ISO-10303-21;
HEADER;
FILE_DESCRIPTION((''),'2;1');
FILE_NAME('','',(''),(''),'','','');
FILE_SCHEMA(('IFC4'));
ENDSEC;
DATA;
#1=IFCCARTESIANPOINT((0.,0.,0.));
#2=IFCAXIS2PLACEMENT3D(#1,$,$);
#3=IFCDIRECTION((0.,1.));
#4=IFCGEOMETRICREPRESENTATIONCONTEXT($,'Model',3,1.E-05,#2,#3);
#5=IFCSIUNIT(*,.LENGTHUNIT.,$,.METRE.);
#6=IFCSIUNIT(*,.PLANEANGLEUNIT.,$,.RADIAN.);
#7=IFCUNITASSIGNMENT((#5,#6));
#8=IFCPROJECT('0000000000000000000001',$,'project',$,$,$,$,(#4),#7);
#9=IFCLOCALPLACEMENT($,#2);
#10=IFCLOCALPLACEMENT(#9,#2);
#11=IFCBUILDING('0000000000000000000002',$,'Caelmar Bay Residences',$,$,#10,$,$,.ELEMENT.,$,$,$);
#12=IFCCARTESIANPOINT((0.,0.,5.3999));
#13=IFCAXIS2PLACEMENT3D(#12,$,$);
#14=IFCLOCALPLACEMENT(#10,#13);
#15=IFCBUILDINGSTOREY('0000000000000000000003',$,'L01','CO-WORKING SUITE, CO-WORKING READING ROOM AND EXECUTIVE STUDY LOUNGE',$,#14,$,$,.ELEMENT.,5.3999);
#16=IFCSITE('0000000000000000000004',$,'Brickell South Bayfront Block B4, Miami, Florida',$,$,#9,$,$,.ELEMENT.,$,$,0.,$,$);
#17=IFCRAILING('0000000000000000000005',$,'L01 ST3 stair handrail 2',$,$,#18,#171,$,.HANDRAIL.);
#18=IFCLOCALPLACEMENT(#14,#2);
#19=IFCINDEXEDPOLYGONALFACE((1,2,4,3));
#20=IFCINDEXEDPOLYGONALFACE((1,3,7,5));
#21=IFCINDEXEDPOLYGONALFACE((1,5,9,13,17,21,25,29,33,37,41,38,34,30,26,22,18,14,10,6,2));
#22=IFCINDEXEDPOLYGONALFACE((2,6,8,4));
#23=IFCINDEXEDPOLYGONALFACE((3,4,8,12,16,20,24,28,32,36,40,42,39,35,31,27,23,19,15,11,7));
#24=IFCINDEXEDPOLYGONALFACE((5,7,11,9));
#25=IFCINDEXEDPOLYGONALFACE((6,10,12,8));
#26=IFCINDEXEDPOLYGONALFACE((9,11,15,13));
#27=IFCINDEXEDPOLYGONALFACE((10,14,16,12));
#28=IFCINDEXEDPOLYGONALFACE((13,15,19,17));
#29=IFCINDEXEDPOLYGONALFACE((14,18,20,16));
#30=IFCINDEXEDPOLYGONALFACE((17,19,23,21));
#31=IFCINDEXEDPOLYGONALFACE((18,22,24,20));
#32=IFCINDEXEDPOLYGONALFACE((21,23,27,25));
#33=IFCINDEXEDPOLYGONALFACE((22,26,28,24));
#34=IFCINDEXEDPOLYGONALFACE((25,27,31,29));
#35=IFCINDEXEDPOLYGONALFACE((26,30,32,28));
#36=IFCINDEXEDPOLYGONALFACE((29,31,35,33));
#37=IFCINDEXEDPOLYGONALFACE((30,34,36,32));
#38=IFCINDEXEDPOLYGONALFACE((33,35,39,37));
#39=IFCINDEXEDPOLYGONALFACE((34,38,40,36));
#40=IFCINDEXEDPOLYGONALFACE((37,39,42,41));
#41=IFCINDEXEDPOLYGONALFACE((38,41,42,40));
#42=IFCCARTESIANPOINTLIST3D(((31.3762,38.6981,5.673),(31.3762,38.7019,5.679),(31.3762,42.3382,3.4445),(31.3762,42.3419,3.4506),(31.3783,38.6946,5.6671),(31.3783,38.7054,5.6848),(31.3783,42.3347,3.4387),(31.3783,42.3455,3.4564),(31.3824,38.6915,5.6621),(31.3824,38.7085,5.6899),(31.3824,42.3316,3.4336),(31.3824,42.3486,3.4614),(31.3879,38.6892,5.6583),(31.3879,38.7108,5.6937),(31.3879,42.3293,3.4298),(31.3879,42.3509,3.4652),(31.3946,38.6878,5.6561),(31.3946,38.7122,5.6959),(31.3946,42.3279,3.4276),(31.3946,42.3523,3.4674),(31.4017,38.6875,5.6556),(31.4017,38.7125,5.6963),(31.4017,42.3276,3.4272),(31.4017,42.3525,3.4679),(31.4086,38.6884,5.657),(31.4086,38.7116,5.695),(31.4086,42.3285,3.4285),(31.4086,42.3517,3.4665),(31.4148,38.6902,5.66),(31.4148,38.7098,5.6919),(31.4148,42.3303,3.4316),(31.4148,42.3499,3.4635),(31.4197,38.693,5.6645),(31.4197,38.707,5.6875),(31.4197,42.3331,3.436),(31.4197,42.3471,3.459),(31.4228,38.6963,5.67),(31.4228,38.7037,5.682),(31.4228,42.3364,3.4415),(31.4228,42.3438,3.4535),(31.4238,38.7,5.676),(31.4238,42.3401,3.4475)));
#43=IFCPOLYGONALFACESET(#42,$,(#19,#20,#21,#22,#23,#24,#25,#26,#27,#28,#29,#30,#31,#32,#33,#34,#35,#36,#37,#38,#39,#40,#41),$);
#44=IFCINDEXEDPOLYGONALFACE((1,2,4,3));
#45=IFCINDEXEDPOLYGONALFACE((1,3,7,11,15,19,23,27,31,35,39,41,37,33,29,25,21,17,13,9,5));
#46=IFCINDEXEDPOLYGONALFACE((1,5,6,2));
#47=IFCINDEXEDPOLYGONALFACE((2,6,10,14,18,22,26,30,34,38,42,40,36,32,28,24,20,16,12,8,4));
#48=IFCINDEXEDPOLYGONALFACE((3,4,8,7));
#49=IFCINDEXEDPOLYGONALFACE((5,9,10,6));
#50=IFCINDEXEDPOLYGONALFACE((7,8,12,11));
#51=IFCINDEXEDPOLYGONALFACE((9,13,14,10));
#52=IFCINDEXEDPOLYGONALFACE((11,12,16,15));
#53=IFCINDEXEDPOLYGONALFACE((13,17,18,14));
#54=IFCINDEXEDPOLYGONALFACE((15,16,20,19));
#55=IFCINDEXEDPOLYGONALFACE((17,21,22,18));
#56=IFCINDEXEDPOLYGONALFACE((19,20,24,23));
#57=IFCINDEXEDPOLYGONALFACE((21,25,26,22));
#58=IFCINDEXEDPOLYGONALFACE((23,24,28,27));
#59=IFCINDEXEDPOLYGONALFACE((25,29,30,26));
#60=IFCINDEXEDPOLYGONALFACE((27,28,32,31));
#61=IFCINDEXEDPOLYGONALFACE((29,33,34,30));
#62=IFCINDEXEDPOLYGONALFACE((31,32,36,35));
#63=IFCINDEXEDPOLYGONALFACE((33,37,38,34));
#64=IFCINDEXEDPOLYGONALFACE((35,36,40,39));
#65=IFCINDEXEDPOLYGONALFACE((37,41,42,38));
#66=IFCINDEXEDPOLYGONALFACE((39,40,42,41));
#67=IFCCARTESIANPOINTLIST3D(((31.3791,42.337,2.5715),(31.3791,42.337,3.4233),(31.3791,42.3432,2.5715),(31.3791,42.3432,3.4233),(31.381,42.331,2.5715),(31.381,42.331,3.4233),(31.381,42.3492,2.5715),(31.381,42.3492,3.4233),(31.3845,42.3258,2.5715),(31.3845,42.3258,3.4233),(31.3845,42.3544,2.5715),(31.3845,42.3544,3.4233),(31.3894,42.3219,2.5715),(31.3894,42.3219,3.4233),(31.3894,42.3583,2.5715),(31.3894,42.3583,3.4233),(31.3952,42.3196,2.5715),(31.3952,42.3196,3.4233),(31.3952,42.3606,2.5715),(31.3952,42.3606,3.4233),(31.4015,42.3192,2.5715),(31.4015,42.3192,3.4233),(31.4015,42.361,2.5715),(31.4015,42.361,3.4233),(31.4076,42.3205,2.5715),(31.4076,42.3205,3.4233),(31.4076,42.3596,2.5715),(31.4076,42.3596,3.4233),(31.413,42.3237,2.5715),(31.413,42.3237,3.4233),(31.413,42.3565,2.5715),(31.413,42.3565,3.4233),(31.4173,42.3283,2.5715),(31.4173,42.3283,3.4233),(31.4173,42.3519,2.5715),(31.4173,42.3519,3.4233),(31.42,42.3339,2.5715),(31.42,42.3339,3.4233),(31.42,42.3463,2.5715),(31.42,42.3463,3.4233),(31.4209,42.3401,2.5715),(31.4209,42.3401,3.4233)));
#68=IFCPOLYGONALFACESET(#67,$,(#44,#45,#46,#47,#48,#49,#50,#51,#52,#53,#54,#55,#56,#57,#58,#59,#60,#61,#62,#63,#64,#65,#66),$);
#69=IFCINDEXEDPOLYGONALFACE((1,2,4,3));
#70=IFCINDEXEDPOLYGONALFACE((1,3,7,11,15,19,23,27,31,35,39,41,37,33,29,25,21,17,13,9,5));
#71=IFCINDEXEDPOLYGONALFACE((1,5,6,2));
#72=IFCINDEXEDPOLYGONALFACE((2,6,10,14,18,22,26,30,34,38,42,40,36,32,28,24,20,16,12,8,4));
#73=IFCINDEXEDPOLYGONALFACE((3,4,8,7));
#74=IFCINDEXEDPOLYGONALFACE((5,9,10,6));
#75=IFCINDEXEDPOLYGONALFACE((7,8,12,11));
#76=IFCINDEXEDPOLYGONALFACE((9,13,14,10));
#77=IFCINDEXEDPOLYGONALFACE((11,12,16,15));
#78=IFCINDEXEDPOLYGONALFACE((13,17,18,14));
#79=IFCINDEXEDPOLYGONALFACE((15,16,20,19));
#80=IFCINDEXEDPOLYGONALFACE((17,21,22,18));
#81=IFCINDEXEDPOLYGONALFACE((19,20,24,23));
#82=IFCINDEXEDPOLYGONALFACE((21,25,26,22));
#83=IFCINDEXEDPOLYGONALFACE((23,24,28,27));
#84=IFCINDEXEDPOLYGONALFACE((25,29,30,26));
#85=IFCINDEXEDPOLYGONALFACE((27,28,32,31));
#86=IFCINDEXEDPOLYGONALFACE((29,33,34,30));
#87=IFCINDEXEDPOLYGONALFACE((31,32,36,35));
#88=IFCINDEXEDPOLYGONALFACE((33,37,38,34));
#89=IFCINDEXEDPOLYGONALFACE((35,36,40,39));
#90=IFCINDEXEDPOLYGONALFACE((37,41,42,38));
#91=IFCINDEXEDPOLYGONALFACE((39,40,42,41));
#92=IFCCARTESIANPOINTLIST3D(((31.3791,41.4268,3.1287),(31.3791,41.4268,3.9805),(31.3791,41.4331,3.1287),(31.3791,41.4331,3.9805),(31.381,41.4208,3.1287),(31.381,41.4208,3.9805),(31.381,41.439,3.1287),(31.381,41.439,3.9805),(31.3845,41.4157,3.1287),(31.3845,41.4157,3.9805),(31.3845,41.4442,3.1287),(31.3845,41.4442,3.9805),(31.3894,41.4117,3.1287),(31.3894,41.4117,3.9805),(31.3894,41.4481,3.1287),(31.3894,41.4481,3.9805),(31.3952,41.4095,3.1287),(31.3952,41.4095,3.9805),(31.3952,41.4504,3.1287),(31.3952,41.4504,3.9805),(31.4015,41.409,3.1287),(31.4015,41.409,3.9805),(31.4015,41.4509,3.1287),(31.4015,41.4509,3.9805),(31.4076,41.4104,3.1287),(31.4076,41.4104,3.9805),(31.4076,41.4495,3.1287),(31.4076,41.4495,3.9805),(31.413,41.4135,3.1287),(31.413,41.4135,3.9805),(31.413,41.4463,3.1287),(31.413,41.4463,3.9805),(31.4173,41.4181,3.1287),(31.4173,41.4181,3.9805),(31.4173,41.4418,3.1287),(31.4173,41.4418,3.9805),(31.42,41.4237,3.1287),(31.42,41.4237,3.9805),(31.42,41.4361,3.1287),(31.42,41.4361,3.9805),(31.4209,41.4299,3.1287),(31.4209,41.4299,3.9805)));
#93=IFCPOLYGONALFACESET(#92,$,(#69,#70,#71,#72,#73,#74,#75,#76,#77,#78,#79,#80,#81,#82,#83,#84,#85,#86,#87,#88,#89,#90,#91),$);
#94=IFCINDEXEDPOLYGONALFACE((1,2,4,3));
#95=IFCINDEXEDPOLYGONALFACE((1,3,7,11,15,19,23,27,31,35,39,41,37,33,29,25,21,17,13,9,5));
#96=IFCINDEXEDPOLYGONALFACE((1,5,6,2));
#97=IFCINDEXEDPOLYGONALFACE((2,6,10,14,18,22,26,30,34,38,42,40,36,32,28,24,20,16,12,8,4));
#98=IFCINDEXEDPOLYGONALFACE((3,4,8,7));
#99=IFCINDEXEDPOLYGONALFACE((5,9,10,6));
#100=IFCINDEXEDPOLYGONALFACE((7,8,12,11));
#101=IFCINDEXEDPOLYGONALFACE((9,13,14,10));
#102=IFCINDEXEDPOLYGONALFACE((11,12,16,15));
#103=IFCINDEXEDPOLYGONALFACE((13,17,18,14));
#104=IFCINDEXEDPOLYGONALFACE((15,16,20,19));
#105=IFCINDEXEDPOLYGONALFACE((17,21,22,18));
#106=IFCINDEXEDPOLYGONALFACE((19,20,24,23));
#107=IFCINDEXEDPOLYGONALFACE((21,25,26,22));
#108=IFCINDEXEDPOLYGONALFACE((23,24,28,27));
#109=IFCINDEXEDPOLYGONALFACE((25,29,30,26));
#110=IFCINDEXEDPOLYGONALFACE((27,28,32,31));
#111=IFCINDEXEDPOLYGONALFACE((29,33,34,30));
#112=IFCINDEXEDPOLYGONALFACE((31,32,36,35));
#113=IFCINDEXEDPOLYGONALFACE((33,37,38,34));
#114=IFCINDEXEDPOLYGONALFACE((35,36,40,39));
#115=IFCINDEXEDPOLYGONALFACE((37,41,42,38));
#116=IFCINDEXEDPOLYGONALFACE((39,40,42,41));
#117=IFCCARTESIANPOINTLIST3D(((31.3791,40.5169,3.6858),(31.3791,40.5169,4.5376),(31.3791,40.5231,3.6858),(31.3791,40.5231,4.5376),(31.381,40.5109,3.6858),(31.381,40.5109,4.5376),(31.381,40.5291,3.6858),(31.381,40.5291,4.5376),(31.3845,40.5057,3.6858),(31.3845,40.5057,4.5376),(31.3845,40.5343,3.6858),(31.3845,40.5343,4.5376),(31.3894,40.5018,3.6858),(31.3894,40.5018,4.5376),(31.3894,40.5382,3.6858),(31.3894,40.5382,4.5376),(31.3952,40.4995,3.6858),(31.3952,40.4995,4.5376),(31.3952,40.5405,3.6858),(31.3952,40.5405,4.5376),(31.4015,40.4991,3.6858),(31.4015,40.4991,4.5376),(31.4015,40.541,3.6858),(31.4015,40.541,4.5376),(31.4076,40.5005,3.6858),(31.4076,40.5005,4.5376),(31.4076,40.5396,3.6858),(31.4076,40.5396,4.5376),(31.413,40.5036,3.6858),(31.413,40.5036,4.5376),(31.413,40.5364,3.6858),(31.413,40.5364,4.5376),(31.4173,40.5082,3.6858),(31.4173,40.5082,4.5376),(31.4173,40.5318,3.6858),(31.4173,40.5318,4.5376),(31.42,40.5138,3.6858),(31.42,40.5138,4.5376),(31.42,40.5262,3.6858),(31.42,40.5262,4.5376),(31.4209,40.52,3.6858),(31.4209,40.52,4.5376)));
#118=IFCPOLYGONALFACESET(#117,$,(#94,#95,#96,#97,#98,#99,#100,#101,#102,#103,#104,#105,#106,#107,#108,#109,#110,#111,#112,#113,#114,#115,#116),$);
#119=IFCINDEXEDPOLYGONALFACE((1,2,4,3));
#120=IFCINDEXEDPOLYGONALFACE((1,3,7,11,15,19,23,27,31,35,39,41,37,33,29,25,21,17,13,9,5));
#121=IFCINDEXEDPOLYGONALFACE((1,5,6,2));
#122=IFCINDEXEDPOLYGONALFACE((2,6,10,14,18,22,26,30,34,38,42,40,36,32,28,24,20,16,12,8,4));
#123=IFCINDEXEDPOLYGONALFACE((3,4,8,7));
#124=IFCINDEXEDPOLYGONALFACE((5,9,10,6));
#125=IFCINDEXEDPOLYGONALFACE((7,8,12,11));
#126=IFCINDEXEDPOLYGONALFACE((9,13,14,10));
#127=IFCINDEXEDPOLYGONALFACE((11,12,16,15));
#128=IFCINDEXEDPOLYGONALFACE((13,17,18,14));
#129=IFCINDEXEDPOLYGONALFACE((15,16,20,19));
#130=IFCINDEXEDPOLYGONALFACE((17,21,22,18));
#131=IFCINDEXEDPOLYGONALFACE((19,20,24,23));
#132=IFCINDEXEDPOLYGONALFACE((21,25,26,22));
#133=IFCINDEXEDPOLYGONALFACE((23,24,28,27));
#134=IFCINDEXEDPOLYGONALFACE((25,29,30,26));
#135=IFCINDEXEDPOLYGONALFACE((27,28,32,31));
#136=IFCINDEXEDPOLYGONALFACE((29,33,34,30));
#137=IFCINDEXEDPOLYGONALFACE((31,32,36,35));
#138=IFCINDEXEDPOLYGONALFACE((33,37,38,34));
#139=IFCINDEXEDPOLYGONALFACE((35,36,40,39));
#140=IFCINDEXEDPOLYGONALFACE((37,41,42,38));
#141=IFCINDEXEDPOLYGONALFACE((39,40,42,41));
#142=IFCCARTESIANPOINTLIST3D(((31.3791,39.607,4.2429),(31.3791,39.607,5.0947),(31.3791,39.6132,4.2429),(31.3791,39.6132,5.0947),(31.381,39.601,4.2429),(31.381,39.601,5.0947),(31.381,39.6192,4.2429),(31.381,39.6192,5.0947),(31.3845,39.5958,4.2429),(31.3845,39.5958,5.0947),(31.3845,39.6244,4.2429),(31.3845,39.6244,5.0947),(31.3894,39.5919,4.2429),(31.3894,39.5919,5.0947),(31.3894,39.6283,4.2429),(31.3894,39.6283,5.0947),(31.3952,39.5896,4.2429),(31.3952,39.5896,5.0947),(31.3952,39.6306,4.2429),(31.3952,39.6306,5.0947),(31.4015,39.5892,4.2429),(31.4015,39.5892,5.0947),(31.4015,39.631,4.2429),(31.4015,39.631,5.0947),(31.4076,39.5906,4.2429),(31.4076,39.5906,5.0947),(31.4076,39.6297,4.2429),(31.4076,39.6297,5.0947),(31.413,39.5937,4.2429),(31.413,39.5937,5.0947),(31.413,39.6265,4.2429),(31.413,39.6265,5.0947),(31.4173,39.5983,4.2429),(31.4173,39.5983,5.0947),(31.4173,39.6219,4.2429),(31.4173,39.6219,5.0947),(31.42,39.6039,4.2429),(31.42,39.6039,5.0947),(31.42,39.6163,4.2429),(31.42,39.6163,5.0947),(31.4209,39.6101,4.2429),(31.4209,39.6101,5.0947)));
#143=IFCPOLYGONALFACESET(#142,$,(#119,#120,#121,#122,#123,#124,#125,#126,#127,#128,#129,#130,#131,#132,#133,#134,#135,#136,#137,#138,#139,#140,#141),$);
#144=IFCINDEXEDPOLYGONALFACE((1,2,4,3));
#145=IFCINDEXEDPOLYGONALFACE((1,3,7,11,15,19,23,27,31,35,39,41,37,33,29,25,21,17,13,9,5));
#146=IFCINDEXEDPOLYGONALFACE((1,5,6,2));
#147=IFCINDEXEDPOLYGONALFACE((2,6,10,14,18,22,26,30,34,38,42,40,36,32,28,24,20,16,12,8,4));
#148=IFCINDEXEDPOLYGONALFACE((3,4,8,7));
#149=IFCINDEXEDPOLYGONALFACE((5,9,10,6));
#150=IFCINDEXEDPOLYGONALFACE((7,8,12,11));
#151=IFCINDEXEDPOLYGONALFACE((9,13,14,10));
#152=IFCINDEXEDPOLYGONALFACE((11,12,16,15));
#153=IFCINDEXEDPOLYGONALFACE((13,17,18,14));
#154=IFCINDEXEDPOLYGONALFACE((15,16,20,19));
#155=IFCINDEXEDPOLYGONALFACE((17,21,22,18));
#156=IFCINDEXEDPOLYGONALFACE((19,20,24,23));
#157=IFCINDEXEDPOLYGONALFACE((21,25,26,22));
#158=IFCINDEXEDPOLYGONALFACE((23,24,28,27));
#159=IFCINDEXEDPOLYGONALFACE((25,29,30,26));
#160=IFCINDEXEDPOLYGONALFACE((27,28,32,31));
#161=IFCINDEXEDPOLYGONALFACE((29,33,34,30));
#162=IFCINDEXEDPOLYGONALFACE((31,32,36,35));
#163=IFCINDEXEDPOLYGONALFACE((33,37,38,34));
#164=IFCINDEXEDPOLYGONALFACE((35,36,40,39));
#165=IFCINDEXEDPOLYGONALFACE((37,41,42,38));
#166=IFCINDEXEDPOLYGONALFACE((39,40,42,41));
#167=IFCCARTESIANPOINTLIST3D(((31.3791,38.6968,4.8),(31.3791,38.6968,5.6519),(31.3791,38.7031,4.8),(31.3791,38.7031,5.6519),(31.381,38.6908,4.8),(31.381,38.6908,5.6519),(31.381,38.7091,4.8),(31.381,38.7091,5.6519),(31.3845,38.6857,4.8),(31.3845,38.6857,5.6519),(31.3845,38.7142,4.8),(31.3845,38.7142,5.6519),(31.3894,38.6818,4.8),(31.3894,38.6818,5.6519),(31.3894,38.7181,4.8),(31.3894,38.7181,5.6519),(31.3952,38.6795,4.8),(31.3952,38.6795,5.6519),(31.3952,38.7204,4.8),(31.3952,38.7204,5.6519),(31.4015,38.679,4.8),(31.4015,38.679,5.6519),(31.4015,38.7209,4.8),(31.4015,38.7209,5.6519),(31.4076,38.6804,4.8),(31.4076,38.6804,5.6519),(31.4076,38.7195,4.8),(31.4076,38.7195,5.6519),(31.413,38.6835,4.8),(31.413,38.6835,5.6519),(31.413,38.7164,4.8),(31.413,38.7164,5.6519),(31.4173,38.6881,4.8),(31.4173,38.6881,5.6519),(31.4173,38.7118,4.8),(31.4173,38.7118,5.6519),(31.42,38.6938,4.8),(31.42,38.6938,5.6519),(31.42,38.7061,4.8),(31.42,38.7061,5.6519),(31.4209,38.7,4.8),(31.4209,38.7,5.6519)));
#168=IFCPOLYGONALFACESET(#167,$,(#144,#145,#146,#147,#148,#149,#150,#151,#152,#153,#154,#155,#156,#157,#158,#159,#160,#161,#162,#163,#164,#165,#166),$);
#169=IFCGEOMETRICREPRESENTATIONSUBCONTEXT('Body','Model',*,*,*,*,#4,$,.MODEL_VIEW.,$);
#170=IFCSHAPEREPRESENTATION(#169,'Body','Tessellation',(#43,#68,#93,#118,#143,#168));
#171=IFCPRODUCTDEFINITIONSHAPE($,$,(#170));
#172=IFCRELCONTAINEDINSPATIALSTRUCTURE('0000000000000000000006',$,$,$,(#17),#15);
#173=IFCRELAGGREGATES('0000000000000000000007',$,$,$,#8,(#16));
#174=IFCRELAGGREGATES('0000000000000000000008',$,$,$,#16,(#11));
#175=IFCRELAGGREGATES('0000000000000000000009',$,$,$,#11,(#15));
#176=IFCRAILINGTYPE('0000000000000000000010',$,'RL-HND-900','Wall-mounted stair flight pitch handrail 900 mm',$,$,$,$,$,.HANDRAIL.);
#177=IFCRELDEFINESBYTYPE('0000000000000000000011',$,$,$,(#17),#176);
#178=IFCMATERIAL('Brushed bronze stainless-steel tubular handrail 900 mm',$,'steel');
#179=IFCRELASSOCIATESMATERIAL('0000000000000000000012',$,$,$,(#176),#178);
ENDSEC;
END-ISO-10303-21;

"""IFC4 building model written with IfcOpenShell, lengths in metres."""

from ifc_helpers import new_model, si_unit, direction, frame, origin, origin_2d, place, context, subcontext, project, spatial, circle, extrude, material, type_object, element, save


model = new_model("IFC4")

# Units and contexts
model_context = context("Model", 3, precision=1e-05, world=origin(), true_north=direction((0.0, 1.0)))
body_context = subcontext(model_context, "Body", "Model", "MODEL_VIEW")
ifc_project = project(units=[si_unit("LENGTHUNIT", "METRE"), si_unit("PLANEANGLEUNIT", "RADIAN")], contexts=[model_context])

# Site, building, storey
site_placement = place(None, origin())
site = spatial("IfcSite", under=ifc_project, at=site_placement, Name="Brickell South Bayfront Block B4, Miami, Florida", CompositionType="ELEMENT", RefElevation=0.0)
building_placement = place(site_placement, origin())
building = spatial("IfcBuilding", under=site, at=building_placement, Name="Caelmar Bay Residences", CompositionType="ELEMENT")
storey_placement = place(building_placement, frame((0.0, 0.0, 5.3999)))
storey = spatial("IfcBuildingStorey", under=building, at=storey_placement, Name="L01", Description="CO-WORKING SUITE, CO-WORKING READING ROOM AND EXECUTIVE STUDY LOUNGE", CompositionType="ELEMENT", Elevation=5.3999)

# Railing
ifc_material_1 = material(Name="Brushed bronze stainless-steel tubular handrail 900 mm", Category="steel")
railing_type_1 = type_object("IfcRailingType", Name="RL-HND-900", Description="Wall-mounted stair flight pitch handrail 900 mm", PredefinedType="HANDRAIL", material=ifc_material_1)
railing_1_placement = place(storey_placement, frame((31.3999, 42.3401, 2.5715)))
element("IfcRailing", 1, at=railing_1_placement, inside=storey, type_object=railing_type_1, Name="L01 ST3 stair handrail 2", PredefinedType="HANDRAIL", context=body_context, shape_type="SweptSolid", body=[
    extrude(circle(Radius=0.0239, at=origin_2d()), frame((0.0, 0.0, 0.876), z_axis=(0.0, -0.852866, 0.52213), x_axis=(1.0, 0.0, 0.0)), (0.0, 0.0, 1.0), 4.2681),
    extrude(circle(Radius=0.021, at=origin_2d()), origin(), (0.0, 0.0, 1.0), 0.8518),
    extrude(circle(Radius=0.021, at=origin_2d()), frame((0.0, -0.9102, 0.5571)), (0.0, 0.0, 1.0), 0.8518),
    extrude(circle(Radius=0.021, at=origin_2d()), frame((0.0, -1.8201, 1.1143)), (0.0, 0.0, 1.0), 0.8518),
    extrude(circle(Radius=0.021, at=origin_2d()), frame((0.0, -2.73, 1.6714)), (0.0, 0.0, 1.0), 0.8518),
    extrude(circle(Radius=0.021, at=origin_2d()), frame((0.0, -3.6401, 2.2285)), (0.0, 0.0, 1.0), 0.8518),
])

save(model, "model.ifc")
